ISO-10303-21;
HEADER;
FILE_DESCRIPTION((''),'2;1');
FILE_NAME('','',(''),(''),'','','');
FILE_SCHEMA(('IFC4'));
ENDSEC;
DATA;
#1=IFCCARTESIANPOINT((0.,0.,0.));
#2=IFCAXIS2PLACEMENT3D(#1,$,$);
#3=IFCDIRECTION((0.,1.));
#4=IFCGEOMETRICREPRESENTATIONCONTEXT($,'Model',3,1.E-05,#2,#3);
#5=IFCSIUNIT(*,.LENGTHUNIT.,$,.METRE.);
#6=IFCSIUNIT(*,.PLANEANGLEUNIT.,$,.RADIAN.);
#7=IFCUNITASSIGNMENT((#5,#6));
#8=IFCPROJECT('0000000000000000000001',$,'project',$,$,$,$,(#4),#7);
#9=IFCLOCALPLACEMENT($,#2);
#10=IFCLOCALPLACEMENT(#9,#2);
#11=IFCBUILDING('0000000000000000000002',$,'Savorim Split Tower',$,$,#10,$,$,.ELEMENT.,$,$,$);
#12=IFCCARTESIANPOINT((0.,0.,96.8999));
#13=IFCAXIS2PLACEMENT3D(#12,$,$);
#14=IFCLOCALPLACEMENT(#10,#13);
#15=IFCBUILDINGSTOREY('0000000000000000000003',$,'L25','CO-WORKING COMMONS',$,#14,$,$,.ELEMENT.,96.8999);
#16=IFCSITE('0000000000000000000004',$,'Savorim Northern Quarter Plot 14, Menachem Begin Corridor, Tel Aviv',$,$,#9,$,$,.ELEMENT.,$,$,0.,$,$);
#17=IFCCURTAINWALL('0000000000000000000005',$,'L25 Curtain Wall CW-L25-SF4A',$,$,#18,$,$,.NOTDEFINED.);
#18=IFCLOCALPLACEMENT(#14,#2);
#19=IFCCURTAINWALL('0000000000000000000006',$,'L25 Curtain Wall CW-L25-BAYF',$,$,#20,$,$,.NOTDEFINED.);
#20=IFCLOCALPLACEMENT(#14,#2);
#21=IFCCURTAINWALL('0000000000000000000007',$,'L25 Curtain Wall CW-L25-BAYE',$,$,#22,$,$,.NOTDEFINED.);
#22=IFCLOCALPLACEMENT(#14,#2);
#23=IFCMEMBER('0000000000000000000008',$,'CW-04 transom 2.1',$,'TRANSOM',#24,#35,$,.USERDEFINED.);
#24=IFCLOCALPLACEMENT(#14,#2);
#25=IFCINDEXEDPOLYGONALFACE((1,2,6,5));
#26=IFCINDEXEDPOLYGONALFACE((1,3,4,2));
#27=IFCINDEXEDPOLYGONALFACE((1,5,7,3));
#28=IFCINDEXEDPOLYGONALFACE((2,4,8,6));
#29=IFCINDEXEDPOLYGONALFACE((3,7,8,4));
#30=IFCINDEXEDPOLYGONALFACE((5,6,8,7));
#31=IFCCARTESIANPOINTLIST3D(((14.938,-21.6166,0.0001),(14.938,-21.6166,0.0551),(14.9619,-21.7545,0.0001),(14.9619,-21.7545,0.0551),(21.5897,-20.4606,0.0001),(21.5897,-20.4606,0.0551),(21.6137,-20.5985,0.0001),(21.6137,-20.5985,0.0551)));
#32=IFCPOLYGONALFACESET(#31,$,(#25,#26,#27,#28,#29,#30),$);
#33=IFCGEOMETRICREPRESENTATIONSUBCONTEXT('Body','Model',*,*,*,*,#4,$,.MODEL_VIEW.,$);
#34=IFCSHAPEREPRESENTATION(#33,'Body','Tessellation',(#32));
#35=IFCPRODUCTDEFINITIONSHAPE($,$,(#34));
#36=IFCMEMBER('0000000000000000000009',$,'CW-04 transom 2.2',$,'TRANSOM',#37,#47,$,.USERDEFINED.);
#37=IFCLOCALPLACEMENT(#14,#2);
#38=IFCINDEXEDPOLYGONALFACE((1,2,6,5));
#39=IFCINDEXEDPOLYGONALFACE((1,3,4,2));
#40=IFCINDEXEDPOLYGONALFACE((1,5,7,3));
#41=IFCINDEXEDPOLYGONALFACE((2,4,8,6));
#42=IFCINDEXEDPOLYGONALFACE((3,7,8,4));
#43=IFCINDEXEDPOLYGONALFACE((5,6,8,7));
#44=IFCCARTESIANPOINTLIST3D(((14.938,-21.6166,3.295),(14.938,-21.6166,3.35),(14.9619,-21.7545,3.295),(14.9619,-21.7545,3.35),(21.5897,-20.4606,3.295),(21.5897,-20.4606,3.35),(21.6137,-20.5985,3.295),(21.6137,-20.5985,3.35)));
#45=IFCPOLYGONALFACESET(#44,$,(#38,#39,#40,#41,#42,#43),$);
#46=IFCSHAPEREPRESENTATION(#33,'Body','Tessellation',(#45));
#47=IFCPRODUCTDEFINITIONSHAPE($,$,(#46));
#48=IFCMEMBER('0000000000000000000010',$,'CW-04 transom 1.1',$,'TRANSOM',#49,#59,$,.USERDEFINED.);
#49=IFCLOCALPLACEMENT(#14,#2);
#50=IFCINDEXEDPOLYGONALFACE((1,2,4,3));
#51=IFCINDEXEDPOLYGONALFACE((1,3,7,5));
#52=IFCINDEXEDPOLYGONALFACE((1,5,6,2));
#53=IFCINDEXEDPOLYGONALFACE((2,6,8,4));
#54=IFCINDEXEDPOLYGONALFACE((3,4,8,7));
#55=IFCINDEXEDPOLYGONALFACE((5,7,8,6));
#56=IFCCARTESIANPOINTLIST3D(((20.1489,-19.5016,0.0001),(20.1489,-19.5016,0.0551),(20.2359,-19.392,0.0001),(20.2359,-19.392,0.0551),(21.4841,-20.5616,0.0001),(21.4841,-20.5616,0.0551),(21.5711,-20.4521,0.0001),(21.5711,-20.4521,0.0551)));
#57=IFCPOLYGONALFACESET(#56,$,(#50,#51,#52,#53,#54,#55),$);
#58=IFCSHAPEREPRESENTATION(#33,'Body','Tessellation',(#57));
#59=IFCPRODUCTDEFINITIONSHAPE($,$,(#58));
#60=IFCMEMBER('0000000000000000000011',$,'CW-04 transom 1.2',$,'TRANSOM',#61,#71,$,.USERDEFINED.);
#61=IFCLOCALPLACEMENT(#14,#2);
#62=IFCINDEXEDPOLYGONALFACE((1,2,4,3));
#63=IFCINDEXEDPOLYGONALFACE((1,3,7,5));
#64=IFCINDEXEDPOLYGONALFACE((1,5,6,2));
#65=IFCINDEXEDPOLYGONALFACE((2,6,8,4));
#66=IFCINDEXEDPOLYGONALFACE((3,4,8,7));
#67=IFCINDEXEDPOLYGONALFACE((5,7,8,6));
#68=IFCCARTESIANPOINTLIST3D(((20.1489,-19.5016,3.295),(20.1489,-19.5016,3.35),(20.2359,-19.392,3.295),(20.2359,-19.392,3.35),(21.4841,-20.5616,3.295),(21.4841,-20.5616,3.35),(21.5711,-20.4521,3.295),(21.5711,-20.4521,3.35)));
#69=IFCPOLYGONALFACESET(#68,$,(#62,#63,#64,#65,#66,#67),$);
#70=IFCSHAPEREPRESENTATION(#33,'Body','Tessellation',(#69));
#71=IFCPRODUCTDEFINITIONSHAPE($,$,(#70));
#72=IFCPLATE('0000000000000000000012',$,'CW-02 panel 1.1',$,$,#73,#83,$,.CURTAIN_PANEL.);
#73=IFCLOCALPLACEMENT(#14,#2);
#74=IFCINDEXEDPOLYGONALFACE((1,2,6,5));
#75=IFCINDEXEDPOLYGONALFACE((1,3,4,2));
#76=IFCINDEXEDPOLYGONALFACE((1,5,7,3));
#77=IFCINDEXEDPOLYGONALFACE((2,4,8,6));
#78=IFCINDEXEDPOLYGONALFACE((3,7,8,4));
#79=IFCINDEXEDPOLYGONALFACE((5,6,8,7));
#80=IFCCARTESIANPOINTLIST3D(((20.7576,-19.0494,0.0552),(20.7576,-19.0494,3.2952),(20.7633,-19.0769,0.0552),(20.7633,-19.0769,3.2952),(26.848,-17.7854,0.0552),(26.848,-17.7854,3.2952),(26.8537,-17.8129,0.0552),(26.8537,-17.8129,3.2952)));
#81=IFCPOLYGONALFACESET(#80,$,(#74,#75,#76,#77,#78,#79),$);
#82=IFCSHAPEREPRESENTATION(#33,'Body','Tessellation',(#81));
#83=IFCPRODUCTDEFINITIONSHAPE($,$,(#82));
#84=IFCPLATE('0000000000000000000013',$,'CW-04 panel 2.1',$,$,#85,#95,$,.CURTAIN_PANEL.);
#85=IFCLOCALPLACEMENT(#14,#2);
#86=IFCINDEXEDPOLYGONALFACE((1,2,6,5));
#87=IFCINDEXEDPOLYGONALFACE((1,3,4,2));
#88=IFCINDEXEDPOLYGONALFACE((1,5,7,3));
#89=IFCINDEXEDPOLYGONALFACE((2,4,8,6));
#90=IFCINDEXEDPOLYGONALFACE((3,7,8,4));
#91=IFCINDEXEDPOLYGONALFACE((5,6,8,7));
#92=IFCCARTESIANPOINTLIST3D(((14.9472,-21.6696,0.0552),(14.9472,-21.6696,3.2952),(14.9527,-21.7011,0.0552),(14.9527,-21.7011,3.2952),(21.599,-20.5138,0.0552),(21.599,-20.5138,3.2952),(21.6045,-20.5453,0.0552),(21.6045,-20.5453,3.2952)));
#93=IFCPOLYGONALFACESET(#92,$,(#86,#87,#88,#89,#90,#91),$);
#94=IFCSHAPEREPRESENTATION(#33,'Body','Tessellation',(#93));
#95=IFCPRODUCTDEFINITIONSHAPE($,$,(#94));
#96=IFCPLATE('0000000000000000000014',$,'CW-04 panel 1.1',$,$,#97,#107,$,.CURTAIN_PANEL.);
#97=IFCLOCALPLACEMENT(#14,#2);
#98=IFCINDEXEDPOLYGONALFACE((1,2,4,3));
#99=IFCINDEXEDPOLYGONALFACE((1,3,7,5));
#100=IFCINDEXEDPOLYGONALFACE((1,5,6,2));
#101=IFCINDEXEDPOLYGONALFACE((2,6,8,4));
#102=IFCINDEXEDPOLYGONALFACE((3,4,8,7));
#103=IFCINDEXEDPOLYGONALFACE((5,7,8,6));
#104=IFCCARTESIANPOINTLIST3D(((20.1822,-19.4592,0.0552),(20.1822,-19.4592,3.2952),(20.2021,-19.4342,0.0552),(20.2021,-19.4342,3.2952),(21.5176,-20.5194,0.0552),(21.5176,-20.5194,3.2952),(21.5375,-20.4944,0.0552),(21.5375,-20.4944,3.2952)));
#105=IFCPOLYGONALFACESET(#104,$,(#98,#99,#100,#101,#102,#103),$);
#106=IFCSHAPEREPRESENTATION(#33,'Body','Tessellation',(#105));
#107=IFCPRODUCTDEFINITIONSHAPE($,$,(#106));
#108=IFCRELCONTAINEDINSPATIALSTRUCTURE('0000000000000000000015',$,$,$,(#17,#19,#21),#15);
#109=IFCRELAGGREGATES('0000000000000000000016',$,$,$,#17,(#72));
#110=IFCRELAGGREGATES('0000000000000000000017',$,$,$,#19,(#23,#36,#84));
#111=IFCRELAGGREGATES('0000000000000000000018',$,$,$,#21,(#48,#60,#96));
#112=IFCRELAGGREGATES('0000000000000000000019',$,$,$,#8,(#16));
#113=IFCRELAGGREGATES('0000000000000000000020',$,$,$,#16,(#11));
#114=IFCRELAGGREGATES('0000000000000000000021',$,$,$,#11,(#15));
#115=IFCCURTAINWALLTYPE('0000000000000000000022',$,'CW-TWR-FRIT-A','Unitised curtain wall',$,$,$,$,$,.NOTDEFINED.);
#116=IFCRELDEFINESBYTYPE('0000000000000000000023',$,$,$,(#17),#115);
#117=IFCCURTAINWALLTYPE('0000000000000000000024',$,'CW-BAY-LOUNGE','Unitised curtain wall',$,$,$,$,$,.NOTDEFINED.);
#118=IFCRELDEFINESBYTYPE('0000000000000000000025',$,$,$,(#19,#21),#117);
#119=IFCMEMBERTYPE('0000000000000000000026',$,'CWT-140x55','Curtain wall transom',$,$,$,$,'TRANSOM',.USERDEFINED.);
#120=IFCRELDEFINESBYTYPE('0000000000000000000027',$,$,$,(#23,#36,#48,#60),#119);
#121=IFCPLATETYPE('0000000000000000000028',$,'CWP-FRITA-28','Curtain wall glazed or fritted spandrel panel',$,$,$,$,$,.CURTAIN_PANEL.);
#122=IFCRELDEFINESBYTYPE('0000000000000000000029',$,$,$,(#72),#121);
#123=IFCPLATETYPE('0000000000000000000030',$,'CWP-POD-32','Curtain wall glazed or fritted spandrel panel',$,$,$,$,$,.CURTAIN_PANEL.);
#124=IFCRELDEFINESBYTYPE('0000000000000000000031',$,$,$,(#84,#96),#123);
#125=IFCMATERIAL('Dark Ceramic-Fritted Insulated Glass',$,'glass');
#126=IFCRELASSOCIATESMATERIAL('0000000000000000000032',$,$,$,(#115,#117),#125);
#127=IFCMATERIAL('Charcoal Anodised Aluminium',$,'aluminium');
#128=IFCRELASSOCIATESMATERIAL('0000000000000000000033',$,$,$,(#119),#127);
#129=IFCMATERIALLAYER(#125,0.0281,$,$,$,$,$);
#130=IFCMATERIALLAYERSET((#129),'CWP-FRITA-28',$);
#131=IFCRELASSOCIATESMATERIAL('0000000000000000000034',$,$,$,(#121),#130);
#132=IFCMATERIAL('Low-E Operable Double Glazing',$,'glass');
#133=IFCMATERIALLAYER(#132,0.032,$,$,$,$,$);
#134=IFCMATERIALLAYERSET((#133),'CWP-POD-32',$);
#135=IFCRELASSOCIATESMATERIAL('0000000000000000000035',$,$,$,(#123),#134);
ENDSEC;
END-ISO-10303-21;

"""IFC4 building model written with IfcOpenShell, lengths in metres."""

from ifc_helpers import new_model, si_unit, direction, frame, origin, origin_2d, place, context, subcontext, project, spatial, rectangle, extrude, material, layer, layer_set, material_profile, profile_set, type_object, element, aggregate, save


model = new_model("IFC4")

# Units and contexts
model_context = context("Model", 3, precision=1e-05, world=origin(), true_north=direction((0.0, 1.0)))
body_context = subcontext(model_context, "Body", "Model", "MODEL_VIEW")
ifc_project = project(units=[si_unit("LENGTHUNIT", "METRE"), si_unit("PLANEANGLEUNIT", "RADIAN")], contexts=[model_context])

# Site, building, storey
site_placement = place(None, origin())
site = spatial("IfcSite", under=ifc_project, at=site_placement, Name="Savorim Northern Quarter Plot 14, Menachem Begin Corridor, Tel Aviv", CompositionType="ELEMENT", RefElevation=0.0)
building_placement = place(site_placement, origin())
building = spatial("IfcBuilding", under=site, at=building_placement, Name="Savorim Split Tower", CompositionType="ELEMENT")
storey_placement = place(building_placement, frame((0.0, 0.0, 96.8999)))
storey = spatial("IfcBuildingStorey", under=building, at=storey_placement, Name="L25", Description="CO-WORKING COMMONS", CompositionType="ELEMENT", Elevation=96.8999)

# Curtain wall
ifc_material_1 = material(Name="Dark Ceramic-Fritted Insulated Glass", Category="glass")
curtain_wall_type_1 = type_object("IfcCurtainWallType", Name="CW-TWR-FRIT-A", Description="Unitised curtain wall", PredefinedType="NOTDEFINED", material=ifc_material_1)
curtain_wall_1_placement = place(storey_placement, origin())
curtain_wall_1 = element("IfcCurtainWall", 1, at=curtain_wall_1_placement, inside=storey, type_object=curtain_wall_type_1, Name="L25 Curtain Wall CW-L25-SF4A", PredefinedType="NOTDEFINED")
ifc_material_2 = material(Name="Charcoal Anodised Aluminium", Category="aluminium")

# Curtain walls
curtain_wall_type_2 = type_object("IfcCurtainWallType", Name="CW-BAY-LOUNGE", Description="Unitised curtain wall", PredefinedType="NOTDEFINED", material=ifc_material_1)
curtain_wall_2_placement = place(storey_placement, origin())
curtain_wall_2 = element("IfcCurtainWall", 2, at=curtain_wall_2_placement, inside=storey, type_object=curtain_wall_type_2, Name="L25 Curtain Wall CW-L25-BAYF", PredefinedType="NOTDEFINED")
curtain_wall_3_placement = place(storey_placement, origin())
curtain_wall_3 = element("IfcCurtainWall", 3, at=curtain_wall_3_placement, inside=storey, type_object=curtain_wall_type_2, Name="L25 Curtain Wall CW-L25-BAYE", PredefinedType="NOTDEFINED")

# Members
ifc_material_profile_1 = material_profile(ifc_material_2, rectangle(XDim=0.1399, YDim=0.0549, at=origin_2d()), Name="ALU-T 140x55")
ifc_profile_set_1 = profile_set([ifc_material_profile_1], Name="Charcoal Anodised Aluminium")
member_type_1 = type_object("IfcMemberType", Name="CWT-140x55", Description="Curtain wall transom", ElementType="TRANSOM", PredefinedType="USERDEFINED", material=ifc_profile_set_1)
member_1_placement = place(storey_placement, frame((14.95, -21.6855, 0.0276), z_axis=(0.985233, 0.171221, 0.0), x_axis=(-0.171221, 0.985233, 0.0)))
member_1 = element("IfcMember", 4, at=member_1_placement, type_object=member_type_1, Name="CW-04 transom 2.1", ObjectType="TRANSOM", PredefinedType="USERDEFINED", context=body_context, shape_type="SweptSolid", body=[
    extrude(rectangle(XDim=0.1399, YDim=0.0549, at=origin_2d()), origin(), (0.0, 0.0, 1.0), 6.7515),
])
member_2_placement = place(storey_placement, frame((14.95, -21.6855, 3.3225), z_axis=(0.985233, 0.171221, 0.0), x_axis=(-0.171221, 0.985233, 0.0)))
member_2 = element("IfcMember", 5, at=member_2_placement, type_object=member_type_1, Name="CW-04 transom 2.2", ObjectType="TRANSOM", PredefinedType="USERDEFINED", context=body_context, shape_type="SweptSolid", body=[
    extrude(rectangle(XDim=0.1399, YDim=0.0549, at=origin_2d()), origin(), (0.0, 0.0, 1.0), 6.7515),
])
member_3_placement = place(storey_placement, frame((21.5276, -20.5068, 0.0276), z_axis=(-0.783183, 0.621792, 0.0), x_axis=(-0.621792, -0.783183, 0.0)))
member_3 = element("IfcMember", 6, at=member_3_placement, type_object=member_type_1, Name="CW-04 transom 1.1", ObjectType="TRANSOM", PredefinedType="USERDEFINED", context=body_context, shape_type="SweptSolid", body=[
    extrude(rectangle(XDim=0.1399, YDim=0.0549, at=origin_2d()), origin(), (0.0, 0.0, 1.0), 1.7048),
])
member_4_placement = place(storey_placement, frame((21.5276, -20.5068, 3.3225), z_axis=(-0.783183, 0.621792, 0.0), x_axis=(-0.621792, -0.783183, 0.0)))
member_4 = element("IfcMember", 7, at=member_4_placement, type_object=member_type_1, Name="CW-04 transom 1.2", ObjectType="TRANSOM", PredefinedType="USERDEFINED", context=body_context, shape_type="SweptSolid", body=[
    extrude(rectangle(XDim=0.1399, YDim=0.0549, at=origin_2d()), origin(), (0.0, 0.0, 1.0), 1.7048),
])

# Plates
ifc_layer_1 = layer(ifc_material_1, 0.0281)
ifc_layer_set_1 = layer_set([ifc_layer_1], Name="CWP-FRITA-28")
plate_type_1 = type_object("IfcPlateType", Name="CWP-FRITA-28", Description="Curtain wall glazed or fritted spandrel panel", PredefinedType="CURTAIN_PANEL", material=ifc_layer_set_1)
plate_1_placement = place(storey_placement, frame((23.8057, -18.4312, 0.0552), z_axis=(0.0, 0.0, 1.0), x_axis=(0.979133, 0.203218, 0.0)))
plate_1 = element("IfcPlate", 8, at=plate_1_placement, type_object=plate_type_1, Name="CW-02 panel 1.1", PredefinedType="CURTAIN_PANEL", context=body_context, shape_type="SweptSolid", body=[
    extrude(rectangle(XDim=6.2202, YDim=0.0281, at=origin_2d()), origin(), (0.0, 0.0, 1.0), 3.24),
])
aggregate(curtain_wall_1, [plate_1])
ifc_material_3 = material(Name="Low-E Operable Double Glazing", Category="glass")
ifc_layer_2 = layer(ifc_material_3, 0.032)
ifc_layer_set_2 = layer_set([ifc_layer_2], Name="CWP-POD-32")
plate_type_2 = type_object("IfcPlateType", Name="CWP-POD-32", Description="Curtain wall glazed or fritted spandrel panel", PredefinedType="CURTAIN_PANEL", material=ifc_layer_set_2)
plate_2_placement = place(storey_placement, frame((18.2759, -21.1074, 0.0552), z_axis=(0.0, 0.0, 1.0), x_axis=(0.985238, 0.171191, 0.0)))
plate_2 = element("IfcPlate", 9, at=plate_2_placement, type_object=plate_type_2, Name="CW-04 panel 2.1", PredefinedType="CURTAIN_PANEL", context=body_context, shape_type="SweptSolid", body=[
    extrude(rectangle(XDim=6.7515, YDim=0.032, at=origin_2d()), origin(), (0.0, 0.0, 1.0), 3.24),
])
aggregate(curtain_wall_2, [member_1, member_2, plate_2])
plate_3_placement = place(storey_placement, frame((20.8599, -19.9768, 0.0552), z_axis=(0.0, 0.0, 1.0), x_axis=(-0.783171, 0.621806, 0.0)))
plate_3 = element("IfcPlate", 10, at=plate_3_placement, type_object=plate_type_2, Name="CW-04 panel 1.1", PredefinedType="CURTAIN_PANEL", context=body_context, shape_type="SweptSolid", body=[
    extrude(rectangle(XDim=1.7051, YDim=0.032, at=origin_2d()), origin(), (0.0, 0.0, 1.0), 3.24),
])
aggregate(curtain_wall_3, [member_3, member_4, plate_3])

save(model, "model.ifc")
